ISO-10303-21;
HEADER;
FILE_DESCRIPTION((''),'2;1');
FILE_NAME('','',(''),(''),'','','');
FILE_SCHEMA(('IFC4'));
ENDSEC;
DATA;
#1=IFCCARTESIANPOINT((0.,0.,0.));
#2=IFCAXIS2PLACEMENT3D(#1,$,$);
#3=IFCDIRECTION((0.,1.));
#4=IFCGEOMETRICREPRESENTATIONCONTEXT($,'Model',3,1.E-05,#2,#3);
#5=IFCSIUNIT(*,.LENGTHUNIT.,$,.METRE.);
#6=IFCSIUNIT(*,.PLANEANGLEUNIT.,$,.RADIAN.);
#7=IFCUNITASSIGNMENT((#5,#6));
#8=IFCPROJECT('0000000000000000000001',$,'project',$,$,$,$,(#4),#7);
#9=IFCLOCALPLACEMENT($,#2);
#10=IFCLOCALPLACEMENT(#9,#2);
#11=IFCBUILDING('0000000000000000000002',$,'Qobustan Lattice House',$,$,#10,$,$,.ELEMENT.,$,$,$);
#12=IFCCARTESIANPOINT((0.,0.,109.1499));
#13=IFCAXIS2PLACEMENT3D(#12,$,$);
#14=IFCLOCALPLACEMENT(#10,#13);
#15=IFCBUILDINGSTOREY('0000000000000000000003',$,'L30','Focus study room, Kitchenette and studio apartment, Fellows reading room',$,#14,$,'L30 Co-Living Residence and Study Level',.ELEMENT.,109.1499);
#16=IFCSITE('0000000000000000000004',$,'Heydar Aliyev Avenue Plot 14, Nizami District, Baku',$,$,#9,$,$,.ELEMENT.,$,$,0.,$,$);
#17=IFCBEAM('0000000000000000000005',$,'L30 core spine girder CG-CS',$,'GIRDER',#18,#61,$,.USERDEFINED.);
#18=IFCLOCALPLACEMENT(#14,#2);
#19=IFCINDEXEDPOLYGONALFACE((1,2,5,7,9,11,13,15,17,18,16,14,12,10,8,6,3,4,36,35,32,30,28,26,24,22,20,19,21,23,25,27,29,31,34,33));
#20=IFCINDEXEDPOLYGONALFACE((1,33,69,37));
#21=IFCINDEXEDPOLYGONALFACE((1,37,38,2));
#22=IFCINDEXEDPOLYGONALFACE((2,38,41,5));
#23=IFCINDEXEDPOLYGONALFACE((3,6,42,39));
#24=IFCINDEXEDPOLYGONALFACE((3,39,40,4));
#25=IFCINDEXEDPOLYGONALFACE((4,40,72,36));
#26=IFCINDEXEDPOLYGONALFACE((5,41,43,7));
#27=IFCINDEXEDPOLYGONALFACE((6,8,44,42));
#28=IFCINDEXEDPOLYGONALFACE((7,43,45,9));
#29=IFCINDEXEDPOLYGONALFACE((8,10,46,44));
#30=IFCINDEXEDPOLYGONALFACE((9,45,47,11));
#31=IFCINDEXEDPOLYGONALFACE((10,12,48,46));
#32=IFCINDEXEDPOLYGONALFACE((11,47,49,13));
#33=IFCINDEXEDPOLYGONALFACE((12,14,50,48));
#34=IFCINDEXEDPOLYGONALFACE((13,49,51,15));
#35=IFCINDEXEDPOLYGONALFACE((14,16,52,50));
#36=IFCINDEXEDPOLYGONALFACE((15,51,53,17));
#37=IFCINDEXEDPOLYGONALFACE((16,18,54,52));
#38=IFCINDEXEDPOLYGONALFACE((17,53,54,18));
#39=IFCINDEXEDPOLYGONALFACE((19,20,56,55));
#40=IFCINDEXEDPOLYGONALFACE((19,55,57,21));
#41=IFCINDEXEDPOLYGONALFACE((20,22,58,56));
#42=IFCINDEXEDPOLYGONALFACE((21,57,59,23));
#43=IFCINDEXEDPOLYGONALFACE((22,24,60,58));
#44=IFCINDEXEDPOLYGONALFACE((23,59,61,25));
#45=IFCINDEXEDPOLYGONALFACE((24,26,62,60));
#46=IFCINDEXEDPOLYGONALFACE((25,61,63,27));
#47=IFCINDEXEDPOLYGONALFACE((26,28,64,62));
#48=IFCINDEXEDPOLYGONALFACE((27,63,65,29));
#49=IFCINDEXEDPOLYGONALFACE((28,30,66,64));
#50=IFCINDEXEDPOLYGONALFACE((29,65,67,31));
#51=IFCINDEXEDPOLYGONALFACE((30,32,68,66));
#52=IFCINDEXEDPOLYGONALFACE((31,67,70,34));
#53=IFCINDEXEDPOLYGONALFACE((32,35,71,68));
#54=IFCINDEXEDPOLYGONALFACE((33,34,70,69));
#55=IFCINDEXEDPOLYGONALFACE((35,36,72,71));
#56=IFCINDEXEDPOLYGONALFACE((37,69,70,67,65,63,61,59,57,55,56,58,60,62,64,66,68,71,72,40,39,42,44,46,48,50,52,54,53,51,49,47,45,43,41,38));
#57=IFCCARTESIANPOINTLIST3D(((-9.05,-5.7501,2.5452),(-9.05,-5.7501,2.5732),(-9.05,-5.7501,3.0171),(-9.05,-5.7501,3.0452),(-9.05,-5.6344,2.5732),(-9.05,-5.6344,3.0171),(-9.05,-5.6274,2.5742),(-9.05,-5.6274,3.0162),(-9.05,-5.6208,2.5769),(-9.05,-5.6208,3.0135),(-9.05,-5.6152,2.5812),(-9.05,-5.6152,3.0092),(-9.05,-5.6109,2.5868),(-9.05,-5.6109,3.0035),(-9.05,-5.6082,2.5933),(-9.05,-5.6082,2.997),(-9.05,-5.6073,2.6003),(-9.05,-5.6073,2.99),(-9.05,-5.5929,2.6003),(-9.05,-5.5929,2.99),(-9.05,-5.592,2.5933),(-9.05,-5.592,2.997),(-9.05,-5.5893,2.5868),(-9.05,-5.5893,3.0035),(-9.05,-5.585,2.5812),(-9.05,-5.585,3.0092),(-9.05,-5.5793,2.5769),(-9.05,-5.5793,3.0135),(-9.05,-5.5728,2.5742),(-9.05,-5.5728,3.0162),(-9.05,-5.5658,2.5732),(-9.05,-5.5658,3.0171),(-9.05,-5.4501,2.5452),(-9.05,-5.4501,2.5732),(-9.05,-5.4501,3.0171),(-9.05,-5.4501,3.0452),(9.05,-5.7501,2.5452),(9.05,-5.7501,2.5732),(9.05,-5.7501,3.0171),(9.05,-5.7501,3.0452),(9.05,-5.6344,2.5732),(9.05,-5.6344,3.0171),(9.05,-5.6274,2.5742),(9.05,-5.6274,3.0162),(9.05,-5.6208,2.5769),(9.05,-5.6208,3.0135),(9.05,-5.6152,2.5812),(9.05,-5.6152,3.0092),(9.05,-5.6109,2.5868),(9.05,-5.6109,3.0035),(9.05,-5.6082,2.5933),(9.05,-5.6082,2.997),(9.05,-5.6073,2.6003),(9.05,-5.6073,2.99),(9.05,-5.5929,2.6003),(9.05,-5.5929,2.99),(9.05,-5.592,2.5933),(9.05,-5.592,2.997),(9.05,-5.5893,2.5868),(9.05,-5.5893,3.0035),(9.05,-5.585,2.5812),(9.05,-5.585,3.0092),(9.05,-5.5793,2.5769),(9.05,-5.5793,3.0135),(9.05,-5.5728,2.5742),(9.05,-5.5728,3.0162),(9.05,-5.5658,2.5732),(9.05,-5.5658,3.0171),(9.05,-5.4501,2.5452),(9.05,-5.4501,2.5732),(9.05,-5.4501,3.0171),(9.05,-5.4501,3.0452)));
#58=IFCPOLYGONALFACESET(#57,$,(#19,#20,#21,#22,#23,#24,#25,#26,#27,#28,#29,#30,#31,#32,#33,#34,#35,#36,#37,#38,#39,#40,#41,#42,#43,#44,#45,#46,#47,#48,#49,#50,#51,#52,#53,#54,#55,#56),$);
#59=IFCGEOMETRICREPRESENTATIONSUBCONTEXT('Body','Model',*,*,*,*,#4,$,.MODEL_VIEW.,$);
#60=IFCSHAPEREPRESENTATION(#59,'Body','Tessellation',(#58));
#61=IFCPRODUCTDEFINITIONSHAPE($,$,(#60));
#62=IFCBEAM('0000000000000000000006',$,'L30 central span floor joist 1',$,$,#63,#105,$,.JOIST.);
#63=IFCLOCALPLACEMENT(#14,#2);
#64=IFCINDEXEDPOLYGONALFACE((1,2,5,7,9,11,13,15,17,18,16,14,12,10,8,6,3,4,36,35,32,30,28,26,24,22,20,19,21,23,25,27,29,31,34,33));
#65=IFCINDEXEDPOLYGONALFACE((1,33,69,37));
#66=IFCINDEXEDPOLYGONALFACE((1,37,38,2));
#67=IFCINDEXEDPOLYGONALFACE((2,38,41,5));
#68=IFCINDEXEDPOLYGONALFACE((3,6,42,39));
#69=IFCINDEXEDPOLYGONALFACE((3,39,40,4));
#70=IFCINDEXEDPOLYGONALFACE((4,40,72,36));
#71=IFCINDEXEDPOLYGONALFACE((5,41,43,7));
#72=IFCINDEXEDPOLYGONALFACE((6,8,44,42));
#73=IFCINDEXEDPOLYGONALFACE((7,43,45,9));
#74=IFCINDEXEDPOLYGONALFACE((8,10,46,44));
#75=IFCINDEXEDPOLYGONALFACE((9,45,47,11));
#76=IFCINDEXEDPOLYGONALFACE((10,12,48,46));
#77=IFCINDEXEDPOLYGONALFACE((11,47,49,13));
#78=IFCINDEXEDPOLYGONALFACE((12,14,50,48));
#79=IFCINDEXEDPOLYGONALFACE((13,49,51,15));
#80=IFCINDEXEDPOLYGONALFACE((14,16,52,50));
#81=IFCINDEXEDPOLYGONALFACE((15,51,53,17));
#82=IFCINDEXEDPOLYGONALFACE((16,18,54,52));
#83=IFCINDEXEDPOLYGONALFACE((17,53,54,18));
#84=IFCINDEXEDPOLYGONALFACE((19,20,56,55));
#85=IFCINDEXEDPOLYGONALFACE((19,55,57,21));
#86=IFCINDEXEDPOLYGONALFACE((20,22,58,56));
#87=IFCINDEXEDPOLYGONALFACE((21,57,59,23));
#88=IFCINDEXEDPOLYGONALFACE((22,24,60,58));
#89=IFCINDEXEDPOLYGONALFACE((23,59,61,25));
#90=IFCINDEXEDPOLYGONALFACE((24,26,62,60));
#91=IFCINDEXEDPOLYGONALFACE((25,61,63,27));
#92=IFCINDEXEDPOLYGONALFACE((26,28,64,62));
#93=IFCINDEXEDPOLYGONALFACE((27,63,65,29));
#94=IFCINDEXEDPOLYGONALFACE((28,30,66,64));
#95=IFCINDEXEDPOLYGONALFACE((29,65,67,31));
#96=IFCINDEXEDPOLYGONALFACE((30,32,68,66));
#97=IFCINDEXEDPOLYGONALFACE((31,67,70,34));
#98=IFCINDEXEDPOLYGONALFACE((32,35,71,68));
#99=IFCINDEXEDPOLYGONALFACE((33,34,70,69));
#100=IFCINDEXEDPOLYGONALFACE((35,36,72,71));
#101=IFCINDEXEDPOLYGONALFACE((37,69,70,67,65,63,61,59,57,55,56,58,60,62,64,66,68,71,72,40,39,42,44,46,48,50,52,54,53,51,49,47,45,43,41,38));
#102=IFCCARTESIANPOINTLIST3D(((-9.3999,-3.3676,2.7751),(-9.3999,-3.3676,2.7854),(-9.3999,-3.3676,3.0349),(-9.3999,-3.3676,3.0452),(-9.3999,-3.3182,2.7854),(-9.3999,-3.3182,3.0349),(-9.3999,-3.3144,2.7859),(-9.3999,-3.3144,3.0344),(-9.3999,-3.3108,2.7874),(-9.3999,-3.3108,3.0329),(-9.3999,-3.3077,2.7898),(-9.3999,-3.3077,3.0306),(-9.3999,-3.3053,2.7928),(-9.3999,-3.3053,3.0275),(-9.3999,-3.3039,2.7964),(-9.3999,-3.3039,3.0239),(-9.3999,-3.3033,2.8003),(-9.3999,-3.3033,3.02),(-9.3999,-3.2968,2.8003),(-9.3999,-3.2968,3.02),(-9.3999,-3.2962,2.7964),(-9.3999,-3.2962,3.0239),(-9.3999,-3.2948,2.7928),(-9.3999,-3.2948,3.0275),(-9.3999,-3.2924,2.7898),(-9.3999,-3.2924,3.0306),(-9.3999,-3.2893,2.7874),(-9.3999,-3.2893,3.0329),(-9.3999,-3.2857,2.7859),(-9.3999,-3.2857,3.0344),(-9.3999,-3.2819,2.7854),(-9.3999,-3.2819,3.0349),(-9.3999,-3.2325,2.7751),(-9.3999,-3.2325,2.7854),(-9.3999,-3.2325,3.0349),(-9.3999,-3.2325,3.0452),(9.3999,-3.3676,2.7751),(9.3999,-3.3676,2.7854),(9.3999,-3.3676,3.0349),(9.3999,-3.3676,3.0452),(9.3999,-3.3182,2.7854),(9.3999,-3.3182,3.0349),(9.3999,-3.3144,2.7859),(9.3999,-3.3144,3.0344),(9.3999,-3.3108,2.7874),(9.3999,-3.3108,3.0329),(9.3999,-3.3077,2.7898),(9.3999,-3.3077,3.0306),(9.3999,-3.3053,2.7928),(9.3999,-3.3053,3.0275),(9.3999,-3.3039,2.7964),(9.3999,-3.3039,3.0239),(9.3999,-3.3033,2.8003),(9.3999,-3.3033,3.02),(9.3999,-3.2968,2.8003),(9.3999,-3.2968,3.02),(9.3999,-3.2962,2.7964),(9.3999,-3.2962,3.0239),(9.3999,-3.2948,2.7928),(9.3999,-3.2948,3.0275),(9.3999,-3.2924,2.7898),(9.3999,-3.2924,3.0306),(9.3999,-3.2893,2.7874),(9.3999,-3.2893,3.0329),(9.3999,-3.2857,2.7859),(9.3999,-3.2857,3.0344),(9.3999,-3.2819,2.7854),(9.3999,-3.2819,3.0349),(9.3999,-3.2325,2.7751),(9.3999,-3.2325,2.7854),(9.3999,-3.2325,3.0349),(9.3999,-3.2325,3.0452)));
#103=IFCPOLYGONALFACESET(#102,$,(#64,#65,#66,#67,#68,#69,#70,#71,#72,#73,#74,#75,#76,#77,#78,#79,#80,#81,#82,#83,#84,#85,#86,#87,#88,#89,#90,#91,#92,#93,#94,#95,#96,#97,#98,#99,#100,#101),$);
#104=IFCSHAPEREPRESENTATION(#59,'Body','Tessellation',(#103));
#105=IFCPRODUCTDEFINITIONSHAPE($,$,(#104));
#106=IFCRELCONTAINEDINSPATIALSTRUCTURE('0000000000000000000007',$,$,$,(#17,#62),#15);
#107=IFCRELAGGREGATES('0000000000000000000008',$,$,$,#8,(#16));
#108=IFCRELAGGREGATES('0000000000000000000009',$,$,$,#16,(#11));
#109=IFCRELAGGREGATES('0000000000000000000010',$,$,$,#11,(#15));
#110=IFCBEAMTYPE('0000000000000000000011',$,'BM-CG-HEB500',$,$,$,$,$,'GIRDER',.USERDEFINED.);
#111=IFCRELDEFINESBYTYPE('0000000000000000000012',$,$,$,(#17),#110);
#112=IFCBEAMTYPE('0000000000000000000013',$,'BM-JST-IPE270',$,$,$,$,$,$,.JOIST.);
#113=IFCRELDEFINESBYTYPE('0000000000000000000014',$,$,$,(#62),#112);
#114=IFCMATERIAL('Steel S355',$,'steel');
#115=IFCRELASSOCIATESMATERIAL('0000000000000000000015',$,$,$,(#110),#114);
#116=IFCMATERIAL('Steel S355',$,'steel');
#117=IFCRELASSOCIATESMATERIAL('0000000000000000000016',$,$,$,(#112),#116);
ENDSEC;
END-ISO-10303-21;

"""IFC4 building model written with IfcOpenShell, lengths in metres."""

from ifc_helpers import new_model, si_unit, direction, frame, origin, origin_2d, place, context, subcontext, project, spatial, i_section, extrude, material, material_profile, profile_set, type_object, element, save


model = new_model("IFC4")

# Units and contexts
model_context = context("Model", 3, precision=1e-05, world=origin(), true_north=direction((0.0, 1.0)))
body_context = subcontext(model_context, "Body", "Model", "MODEL_VIEW")
ifc_project = project(units=[si_unit("LENGTHUNIT", "METRE"), si_unit("PLANEANGLEUNIT", "RADIAN")], contexts=[model_context])

# Site, building, storey
site_placement = place(None, origin())
site = spatial("IfcSite", under=ifc_project, at=site_placement, Name="Heydar Aliyev Avenue Plot 14, Nizami District, Baku", CompositionType="ELEMENT", RefElevation=0.0)
building_placement = place(site_placement, origin())
building = spatial("IfcBuilding", under=site, at=building_placement, Name="Qobustan Lattice House", CompositionType="ELEMENT")
storey_placement = place(building_placement, frame((0.0, 0.0, 109.1499)))
storey = spatial("IfcBuildingStorey", under=building, at=storey_placement, Name="L30", Description="Focus study room, Kitchenette and studio apartment, Fellows reading room", LongName="L30 Co-Living Residence and Study Level", CompositionType="ELEMENT", Elevation=109.1499)

# Beams
ifc_material_1 = material(Name="Steel S355", Category="steel")
ifc_material_profile_1 = material_profile(ifc_material_1, i_section(OverallWidth=0.3, OverallDepth=0.5, WebThickness=0.0144, FlangeThickness=0.0281, FilletRadius=0.0271, at=origin_2d()), Name="HEB500")
ifc_profile_set_1 = profile_set([ifc_material_profile_1], Name="Steel S355")
beam_type_1 = type_object("IfcBeamType", Name="BM-CG-HEB500", ElementType="GIRDER", PredefinedType="USERDEFINED", material=ifc_profile_set_1)
beam_1_placement = place(storey_placement, frame((-9.05, -5.6001, 2.7952), z_axis=(1.0, 0.0, 0.0), x_axis=(0.0, 1.0, 0.0)))
element("IfcBeam", 1, at=beam_1_placement, inside=storey, type_object=beam_type_1, Name="L30 core spine girder CG-CS", ObjectType="GIRDER", PredefinedType="USERDEFINED", context=body_context, shape_type="SweptSolid", body=[
    extrude(i_section(OverallWidth=0.3, OverallDepth=0.5, WebThickness=0.0144, FlangeThickness=0.0281, FilletRadius=0.0271, at=origin_2d()), origin(), (0.0, 0.0, 1.0), 18.1001),
])
ifc_material_2 = material(Name="Steel S355", Category="steel")
ifc_material_profile_2 = material_profile(ifc_material_2, i_section(OverallWidth=0.135, OverallDepth=0.27, WebThickness=0.0066, FlangeThickness=0.0103, FilletRadius=0.0149, at=origin_2d()), Name="IPE270")
ifc_profile_set_2 = profile_set([ifc_material_profile_2], Name="Steel S355")
beam_type_2 = type_object("IfcBeamType", Name="BM-JST-IPE270", PredefinedType="JOIST", material=ifc_profile_set_2)
beam_2_placement = place(storey_placement, frame((-9.3999, -3.3, 2.9102), z_axis=(1.0, 0.0, 0.0), x_axis=(0.0, 1.0, 0.0)))
element("IfcBeam", 2, at=beam_2_placement, inside=storey, type_object=beam_type_2, Name="L30 central span floor joist 1", PredefinedType="JOIST", context=body_context, shape_type="SweptSolid", body=[
    extrude(i_section(OverallWidth=0.135, OverallDepth=0.27, WebThickness=0.0066, FlangeThickness=0.0103, FilletRadius=0.0149, at=origin_2d()), origin(), (0.0, 0.0, 1.0), 18.7998),
])

save(model, "model.ifc")
